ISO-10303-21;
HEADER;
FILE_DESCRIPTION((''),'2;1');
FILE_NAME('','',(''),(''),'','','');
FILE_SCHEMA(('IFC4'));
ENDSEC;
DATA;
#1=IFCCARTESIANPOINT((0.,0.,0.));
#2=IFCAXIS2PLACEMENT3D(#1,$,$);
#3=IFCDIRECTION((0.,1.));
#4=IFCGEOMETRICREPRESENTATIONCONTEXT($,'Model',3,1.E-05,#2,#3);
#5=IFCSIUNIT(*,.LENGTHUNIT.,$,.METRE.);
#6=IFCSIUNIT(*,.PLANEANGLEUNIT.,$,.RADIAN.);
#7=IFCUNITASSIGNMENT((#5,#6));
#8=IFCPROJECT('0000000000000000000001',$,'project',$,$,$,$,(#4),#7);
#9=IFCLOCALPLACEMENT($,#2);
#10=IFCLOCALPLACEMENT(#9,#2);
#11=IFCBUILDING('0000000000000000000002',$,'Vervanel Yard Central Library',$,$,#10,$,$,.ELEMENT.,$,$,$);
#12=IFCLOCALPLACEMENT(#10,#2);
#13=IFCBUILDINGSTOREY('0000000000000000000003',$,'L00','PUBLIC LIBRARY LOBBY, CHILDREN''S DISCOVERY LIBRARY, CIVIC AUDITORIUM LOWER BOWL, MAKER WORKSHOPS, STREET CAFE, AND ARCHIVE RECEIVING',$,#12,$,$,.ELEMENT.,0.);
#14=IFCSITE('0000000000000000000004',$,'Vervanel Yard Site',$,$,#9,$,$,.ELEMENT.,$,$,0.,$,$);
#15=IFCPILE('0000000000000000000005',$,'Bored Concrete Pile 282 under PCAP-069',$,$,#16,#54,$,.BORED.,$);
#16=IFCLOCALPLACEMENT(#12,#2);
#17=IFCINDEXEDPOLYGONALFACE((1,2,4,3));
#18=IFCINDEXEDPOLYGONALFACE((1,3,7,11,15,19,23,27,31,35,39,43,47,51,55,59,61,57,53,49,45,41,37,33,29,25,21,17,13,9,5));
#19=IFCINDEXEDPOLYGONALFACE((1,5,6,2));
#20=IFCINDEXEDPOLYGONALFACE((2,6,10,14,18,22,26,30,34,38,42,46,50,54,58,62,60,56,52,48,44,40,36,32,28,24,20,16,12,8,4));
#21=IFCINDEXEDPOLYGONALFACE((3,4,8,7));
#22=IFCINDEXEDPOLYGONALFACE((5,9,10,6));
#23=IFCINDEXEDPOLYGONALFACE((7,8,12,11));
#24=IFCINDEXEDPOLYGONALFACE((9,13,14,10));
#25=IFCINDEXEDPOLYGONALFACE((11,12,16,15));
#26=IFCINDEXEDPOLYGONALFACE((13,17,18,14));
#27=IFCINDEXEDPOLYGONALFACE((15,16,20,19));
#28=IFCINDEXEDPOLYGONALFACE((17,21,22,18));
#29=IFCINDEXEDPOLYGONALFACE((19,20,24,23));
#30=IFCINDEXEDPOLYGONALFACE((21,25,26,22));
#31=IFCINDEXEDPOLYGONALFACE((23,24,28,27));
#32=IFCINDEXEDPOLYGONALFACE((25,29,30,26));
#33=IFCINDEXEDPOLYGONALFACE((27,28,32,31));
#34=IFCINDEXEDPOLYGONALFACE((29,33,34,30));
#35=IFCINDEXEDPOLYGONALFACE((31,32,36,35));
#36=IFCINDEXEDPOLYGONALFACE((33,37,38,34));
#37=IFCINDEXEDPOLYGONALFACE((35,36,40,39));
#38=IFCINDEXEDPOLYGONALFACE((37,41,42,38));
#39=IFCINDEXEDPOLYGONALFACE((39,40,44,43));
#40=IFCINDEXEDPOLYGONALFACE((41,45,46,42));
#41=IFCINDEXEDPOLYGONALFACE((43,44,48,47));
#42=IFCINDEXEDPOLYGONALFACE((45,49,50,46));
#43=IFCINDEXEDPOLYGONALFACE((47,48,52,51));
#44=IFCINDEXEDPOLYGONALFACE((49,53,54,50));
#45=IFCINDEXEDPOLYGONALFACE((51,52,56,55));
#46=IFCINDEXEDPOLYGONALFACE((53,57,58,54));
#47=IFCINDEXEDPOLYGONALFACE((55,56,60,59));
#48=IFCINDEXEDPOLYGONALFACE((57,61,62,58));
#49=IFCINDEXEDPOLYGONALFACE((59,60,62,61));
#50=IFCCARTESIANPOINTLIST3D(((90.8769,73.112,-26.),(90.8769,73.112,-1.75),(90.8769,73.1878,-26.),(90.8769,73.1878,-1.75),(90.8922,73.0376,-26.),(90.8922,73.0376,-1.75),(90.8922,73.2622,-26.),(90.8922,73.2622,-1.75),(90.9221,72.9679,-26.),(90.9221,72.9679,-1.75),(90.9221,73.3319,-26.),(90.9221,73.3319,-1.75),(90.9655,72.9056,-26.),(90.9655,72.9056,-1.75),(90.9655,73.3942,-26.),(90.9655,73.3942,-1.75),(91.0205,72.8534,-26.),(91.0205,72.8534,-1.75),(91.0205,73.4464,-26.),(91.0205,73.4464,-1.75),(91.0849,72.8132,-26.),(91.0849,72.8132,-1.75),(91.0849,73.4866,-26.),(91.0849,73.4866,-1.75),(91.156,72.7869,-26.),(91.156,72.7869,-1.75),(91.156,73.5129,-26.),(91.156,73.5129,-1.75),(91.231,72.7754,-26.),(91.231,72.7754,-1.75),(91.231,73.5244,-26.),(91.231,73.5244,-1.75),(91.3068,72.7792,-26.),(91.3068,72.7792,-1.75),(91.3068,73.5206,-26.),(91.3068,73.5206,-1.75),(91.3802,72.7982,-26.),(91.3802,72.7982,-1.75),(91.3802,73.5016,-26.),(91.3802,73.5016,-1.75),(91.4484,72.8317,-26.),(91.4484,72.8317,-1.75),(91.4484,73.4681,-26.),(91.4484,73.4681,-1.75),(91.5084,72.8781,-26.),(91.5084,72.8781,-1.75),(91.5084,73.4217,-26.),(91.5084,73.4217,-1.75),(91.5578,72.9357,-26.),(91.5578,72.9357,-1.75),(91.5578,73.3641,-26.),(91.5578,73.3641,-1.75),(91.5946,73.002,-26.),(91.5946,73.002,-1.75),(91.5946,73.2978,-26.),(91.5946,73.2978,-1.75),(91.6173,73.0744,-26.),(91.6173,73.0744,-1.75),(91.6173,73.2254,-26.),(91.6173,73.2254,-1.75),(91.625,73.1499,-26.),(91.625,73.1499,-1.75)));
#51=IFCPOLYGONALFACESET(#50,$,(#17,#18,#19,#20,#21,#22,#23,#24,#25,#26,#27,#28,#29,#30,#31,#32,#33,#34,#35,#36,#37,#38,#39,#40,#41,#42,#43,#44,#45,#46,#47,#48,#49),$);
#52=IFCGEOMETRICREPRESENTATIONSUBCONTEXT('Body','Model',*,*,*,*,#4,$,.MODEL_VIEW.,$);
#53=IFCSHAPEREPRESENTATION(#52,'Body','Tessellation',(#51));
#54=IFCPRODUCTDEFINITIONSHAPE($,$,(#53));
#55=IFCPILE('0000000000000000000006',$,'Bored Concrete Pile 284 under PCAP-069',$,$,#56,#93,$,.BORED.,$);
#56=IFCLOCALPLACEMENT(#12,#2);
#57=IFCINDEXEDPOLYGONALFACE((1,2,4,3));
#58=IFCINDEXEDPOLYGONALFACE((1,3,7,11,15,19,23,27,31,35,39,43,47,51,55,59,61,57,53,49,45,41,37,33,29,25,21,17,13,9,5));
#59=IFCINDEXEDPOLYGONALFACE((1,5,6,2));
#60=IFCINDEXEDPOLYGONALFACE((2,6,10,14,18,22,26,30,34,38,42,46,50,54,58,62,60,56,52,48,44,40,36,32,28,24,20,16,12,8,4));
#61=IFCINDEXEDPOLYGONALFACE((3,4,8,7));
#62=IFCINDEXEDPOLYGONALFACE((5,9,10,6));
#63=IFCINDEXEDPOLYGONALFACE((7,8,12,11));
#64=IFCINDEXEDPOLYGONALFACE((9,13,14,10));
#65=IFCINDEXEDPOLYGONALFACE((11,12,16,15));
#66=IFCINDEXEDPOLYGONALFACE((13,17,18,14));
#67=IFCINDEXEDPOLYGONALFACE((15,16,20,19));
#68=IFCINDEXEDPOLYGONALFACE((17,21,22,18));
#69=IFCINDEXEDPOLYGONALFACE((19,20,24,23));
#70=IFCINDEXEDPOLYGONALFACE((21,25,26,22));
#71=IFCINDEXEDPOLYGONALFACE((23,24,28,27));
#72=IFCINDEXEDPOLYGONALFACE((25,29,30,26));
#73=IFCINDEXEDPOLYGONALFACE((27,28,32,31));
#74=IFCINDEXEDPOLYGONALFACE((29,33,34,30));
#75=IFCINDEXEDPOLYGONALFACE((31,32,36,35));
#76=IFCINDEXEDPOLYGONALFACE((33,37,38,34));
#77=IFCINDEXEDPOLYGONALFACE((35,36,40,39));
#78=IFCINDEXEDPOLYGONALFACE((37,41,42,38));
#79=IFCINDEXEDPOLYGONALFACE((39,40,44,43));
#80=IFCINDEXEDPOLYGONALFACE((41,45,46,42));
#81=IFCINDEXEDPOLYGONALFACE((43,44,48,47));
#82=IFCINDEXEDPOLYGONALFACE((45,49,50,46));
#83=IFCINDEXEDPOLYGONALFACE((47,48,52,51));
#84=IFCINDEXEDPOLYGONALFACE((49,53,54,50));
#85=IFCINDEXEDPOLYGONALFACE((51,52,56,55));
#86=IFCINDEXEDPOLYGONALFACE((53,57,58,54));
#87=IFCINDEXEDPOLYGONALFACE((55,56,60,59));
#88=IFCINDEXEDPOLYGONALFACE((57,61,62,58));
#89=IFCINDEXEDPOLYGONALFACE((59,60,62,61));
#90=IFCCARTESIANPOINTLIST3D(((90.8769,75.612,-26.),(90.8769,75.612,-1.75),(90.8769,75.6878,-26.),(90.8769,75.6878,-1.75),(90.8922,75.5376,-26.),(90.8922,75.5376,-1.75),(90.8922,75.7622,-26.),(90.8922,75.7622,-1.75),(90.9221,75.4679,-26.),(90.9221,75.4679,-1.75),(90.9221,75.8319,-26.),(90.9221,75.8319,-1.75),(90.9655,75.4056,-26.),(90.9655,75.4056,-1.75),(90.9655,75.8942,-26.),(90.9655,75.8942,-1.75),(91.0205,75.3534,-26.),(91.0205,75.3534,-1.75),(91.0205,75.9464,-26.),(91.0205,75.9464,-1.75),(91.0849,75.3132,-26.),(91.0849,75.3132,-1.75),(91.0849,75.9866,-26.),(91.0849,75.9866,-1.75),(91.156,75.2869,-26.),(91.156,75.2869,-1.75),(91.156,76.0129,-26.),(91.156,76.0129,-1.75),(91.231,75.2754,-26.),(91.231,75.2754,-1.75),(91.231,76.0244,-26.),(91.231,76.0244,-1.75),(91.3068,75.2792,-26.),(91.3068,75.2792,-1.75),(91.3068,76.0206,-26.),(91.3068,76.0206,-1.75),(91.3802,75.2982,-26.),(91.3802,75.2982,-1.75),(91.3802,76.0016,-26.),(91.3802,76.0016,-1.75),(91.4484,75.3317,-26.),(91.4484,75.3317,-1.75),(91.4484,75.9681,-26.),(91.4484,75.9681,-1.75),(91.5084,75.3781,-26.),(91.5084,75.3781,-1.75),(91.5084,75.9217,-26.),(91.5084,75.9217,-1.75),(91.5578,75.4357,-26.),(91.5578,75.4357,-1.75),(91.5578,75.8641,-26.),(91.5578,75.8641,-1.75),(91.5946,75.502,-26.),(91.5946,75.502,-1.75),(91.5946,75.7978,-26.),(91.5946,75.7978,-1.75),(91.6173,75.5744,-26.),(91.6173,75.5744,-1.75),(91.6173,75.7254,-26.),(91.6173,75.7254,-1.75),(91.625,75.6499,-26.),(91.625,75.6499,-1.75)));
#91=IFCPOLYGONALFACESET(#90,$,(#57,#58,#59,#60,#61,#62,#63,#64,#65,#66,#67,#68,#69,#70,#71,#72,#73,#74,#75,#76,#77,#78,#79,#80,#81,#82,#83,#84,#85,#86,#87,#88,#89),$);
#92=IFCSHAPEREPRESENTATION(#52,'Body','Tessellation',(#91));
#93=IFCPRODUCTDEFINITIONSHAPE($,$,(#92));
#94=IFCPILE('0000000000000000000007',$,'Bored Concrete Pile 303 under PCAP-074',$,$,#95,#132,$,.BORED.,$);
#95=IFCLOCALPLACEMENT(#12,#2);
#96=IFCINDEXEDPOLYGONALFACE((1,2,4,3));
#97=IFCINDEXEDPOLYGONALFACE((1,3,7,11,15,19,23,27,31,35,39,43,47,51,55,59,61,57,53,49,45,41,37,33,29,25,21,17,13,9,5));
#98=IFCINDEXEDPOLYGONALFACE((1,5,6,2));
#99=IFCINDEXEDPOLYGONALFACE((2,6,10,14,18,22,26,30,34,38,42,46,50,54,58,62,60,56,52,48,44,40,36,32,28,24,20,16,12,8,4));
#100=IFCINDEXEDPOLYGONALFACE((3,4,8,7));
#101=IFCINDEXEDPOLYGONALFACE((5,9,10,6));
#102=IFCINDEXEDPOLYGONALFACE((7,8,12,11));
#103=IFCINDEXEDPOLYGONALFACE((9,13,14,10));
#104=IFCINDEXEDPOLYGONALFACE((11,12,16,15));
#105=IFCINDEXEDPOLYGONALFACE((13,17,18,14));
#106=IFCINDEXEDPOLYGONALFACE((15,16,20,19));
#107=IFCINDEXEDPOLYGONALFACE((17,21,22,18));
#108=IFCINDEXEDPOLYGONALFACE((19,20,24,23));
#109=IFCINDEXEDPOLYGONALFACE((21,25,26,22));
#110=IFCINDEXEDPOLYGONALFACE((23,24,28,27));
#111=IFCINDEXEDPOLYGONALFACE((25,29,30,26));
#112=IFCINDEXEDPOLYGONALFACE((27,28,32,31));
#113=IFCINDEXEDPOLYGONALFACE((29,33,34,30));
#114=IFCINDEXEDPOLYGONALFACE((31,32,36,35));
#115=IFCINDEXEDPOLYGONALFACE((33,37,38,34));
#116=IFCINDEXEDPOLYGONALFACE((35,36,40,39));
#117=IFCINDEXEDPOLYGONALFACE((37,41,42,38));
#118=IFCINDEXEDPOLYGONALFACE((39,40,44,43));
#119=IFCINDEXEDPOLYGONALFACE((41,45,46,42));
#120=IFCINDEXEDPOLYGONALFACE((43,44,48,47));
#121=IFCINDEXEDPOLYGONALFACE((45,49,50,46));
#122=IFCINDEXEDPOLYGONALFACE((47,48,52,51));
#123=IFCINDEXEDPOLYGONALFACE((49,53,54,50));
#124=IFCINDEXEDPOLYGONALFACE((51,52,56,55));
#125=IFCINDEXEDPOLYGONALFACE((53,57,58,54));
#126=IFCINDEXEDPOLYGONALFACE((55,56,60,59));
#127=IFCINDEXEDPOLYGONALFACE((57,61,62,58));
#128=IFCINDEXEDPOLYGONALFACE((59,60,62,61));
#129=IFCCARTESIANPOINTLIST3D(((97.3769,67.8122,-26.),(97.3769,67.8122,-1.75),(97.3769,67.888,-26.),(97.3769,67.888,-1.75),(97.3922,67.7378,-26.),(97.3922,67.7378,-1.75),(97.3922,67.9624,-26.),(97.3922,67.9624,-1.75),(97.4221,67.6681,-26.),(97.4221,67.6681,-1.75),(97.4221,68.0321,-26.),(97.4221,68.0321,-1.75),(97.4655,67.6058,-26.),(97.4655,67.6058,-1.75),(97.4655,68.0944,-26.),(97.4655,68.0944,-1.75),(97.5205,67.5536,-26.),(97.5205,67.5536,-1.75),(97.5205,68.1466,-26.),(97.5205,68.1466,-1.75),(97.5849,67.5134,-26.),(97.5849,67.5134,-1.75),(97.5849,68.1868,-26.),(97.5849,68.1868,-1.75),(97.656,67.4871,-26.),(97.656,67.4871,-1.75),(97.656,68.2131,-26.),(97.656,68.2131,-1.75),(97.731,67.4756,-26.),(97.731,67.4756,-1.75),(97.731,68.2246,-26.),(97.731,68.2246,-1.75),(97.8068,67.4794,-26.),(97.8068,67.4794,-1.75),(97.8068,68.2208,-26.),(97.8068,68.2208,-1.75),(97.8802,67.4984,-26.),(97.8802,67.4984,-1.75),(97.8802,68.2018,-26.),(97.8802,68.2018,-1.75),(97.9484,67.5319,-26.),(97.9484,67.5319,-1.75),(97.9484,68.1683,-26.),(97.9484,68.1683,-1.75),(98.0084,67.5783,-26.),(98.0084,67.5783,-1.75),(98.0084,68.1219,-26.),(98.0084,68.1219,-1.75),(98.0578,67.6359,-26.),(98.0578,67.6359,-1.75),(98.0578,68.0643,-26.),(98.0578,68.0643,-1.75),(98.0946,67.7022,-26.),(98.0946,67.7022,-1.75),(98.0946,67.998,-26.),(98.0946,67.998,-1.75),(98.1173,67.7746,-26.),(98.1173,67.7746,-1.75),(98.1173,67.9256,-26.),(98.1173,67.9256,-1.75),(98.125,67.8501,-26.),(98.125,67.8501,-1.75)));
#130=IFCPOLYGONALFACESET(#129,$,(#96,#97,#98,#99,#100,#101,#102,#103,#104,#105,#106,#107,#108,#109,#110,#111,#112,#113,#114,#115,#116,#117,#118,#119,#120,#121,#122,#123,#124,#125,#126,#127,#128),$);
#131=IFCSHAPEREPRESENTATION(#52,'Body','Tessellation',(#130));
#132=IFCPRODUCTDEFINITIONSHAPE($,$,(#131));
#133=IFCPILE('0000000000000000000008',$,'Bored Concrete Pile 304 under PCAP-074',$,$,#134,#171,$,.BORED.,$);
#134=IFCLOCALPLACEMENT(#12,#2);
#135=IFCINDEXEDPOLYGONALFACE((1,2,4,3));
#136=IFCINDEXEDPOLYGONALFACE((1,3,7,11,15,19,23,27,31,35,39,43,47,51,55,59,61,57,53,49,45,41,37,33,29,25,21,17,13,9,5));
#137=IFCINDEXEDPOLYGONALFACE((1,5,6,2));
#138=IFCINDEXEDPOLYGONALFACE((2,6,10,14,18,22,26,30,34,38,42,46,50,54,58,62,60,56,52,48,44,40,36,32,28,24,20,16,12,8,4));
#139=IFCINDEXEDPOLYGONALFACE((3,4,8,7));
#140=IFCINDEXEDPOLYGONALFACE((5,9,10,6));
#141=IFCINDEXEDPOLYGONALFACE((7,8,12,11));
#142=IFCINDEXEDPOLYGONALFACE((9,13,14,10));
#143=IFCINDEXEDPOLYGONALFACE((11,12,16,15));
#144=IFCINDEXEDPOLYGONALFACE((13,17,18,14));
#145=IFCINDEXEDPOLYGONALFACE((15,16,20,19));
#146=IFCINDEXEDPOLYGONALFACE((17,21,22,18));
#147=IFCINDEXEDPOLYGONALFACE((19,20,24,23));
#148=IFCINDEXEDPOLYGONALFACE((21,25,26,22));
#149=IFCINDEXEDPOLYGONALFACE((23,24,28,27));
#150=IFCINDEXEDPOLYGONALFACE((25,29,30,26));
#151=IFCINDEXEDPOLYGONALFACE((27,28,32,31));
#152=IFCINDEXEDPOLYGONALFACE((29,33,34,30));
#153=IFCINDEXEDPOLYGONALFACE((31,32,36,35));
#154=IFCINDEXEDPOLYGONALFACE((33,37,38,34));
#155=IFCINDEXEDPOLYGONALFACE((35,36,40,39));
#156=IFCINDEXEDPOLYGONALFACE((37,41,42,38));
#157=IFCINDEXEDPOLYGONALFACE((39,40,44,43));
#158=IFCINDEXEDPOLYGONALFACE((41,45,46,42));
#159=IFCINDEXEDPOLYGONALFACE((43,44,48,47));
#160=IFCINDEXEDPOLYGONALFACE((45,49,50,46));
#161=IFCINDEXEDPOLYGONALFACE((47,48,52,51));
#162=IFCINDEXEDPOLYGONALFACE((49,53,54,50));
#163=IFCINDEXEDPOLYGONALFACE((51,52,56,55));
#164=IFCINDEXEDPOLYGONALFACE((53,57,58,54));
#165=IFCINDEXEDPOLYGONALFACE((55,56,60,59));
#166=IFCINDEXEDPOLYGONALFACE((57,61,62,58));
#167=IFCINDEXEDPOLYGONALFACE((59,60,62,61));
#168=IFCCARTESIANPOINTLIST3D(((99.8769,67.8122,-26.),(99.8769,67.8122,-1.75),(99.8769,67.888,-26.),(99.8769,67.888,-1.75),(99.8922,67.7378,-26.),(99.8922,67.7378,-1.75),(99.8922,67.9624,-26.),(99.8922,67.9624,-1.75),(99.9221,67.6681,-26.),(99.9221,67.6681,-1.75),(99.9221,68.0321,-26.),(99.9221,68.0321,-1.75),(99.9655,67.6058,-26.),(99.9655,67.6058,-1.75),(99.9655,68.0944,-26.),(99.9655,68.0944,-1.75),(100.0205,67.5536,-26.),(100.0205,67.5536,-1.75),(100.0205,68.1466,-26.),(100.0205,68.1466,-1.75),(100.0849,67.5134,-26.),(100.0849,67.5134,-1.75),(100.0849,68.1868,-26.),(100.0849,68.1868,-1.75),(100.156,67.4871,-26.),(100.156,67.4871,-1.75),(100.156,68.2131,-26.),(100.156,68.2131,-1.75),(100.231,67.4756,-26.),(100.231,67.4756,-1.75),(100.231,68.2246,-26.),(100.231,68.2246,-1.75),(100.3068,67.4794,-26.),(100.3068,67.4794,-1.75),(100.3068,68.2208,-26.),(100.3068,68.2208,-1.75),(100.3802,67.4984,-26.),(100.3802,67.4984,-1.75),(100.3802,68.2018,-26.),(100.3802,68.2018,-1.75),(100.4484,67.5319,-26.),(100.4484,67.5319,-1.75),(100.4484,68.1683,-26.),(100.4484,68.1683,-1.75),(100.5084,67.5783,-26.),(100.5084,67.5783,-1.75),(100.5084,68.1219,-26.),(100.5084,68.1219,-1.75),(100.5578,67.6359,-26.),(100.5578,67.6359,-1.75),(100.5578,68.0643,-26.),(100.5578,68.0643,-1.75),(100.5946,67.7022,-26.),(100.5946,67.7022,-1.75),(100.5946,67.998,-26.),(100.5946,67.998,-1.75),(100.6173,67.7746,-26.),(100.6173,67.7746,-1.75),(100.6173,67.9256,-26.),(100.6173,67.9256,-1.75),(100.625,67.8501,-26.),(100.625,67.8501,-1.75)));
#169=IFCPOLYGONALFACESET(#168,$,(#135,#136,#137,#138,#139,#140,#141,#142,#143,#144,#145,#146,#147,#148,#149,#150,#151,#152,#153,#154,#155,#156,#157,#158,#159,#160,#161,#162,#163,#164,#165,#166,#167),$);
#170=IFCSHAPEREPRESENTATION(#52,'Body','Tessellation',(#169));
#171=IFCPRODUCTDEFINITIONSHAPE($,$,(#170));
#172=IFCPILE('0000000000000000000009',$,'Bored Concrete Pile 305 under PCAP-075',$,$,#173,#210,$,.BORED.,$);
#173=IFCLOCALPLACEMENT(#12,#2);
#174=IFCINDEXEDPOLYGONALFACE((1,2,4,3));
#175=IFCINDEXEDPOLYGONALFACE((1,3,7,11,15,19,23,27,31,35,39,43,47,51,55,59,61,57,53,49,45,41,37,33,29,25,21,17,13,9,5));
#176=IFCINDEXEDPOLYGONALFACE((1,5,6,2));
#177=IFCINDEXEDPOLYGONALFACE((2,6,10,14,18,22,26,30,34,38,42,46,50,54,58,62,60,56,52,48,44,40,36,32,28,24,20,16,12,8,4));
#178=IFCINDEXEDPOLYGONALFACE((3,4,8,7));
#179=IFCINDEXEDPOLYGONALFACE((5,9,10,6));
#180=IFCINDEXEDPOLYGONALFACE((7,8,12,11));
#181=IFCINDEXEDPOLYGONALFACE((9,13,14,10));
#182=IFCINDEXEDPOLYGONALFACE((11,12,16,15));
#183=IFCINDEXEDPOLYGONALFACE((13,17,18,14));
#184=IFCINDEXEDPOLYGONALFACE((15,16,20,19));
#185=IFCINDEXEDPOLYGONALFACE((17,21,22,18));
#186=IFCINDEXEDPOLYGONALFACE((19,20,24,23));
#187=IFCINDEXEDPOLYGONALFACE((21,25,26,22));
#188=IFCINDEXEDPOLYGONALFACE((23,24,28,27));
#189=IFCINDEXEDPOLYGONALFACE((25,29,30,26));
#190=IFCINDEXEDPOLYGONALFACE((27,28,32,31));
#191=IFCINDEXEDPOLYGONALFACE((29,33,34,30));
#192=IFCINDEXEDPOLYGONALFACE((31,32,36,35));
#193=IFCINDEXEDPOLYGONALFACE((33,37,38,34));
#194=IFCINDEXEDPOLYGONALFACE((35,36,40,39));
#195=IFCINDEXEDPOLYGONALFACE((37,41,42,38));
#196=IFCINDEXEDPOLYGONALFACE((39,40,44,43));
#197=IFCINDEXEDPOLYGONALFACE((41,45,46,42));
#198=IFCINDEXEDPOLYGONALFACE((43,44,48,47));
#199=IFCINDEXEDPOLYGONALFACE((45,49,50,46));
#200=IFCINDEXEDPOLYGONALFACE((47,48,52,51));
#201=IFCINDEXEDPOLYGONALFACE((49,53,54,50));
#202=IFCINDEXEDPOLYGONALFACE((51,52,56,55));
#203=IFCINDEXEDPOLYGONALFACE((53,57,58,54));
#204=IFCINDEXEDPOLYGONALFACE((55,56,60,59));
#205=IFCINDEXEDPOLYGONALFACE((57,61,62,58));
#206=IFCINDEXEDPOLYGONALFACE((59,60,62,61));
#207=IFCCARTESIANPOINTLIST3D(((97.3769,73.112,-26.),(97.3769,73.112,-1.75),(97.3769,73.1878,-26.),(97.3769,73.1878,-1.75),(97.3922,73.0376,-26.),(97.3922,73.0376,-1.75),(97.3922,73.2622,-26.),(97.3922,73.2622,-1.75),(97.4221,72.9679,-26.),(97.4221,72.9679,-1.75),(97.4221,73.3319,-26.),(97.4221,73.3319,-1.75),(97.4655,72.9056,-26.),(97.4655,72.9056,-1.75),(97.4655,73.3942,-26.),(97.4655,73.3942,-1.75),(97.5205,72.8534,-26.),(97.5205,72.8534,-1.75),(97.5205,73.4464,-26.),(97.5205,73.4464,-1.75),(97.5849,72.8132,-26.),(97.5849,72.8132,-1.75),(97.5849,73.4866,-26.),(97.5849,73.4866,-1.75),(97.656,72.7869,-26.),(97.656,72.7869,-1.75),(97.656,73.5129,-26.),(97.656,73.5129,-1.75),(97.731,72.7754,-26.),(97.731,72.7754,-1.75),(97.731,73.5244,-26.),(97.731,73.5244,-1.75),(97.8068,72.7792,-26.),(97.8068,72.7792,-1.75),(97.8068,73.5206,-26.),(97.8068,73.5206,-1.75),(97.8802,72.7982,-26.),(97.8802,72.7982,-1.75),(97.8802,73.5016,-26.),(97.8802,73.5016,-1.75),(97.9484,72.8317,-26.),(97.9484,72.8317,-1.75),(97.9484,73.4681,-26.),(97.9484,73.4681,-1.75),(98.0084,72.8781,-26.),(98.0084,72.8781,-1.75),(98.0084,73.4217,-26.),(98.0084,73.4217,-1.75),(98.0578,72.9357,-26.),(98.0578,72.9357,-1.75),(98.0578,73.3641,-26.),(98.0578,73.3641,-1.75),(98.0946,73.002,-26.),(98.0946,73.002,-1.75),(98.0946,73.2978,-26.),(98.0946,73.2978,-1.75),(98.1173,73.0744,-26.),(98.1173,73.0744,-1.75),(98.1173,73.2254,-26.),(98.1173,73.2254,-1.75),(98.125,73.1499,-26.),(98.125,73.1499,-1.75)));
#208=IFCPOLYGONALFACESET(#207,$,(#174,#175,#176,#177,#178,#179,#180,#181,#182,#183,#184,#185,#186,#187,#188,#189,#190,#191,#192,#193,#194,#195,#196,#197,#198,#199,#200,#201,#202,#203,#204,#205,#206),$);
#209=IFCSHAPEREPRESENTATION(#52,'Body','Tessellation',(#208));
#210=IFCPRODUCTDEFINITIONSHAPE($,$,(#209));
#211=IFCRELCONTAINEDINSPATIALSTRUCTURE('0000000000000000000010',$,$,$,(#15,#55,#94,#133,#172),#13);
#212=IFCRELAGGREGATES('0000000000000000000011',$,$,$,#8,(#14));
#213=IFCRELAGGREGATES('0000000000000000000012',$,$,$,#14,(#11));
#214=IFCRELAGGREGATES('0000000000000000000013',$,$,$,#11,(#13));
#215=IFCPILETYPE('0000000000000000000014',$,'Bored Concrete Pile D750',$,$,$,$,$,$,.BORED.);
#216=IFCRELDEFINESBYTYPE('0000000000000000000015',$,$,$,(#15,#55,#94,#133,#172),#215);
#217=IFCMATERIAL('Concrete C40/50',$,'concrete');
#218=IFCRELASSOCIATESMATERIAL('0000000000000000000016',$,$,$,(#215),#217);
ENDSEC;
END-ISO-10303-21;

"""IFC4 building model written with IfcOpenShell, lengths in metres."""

from ifc_helpers import new_model, si_unit, direction, frame, origin, origin_2d, place, context, subcontext, project, spatial, circle, extrude, material, material_profile, profile_set, type_object, element, save


model = new_model("IFC4")

# Units and contexts
model_context = context("Model", 3, precision=1e-05, world=origin(), true_north=direction((0.0, 1.0)))
body_context = subcontext(model_context, "Body", "Model", "MODEL_VIEW")
ifc_project = project(units=[si_unit("LENGTHUNIT", "METRE"), si_unit("PLANEANGLEUNIT", "RADIAN")], contexts=[model_context])

# Site, building, storey
site_placement = place(None, origin())
site = spatial("IfcSite", under=ifc_project, at=site_placement, Name="Vervanel Yard Site", CompositionType="ELEMENT", RefElevation=0.0)
building_placement = place(site_placement, origin())
building = spatial("IfcBuilding", under=site, at=building_placement, Name="Vervanel Yard Central Library", CompositionType="ELEMENT")
storey_placement = place(building_placement, origin())
storey = spatial("IfcBuildingStorey", under=building, at=storey_placement, Name="L00", Description="PUBLIC LIBRARY LOBBY, CHILDREN'S DISCOVERY LIBRARY, CIVIC AUDITORIUM LOWER BOWL, MAKER WORKSHOPS, STREET CAFE, AND ARCHIVE RECEIVING", CompositionType="ELEMENT", Elevation=0.0)

# Piles
ifc_material_1 = material(Name="Concrete C40/50", Category="concrete")
ifc_material_profile_1 = material_profile(ifc_material_1, circle(Radius=0.375, at=origin_2d()), Name="BP D750", Category="concrete")
ifc_profile_set_1 = profile_set([ifc_material_profile_1], Name="Concrete C40/50")
pile_type_1 = type_object("IfcPileType", Name="Bored Concrete Pile D750", PredefinedType="BORED", material=ifc_profile_set_1)
for number, where, z_axis, x_axis, name in (
    (1, (91.25, 73.1499, -1.75), (0.0, 0.0, -1.0), (1.0, 0.0, 0.0), "Bored Concrete Pile 282 under PCAP-069"),
    (2, (91.25, 75.6499, -1.75), (0.0, 0.0, -1.0), (1.0, 0.0, 0.0), "Bored Concrete Pile 284 under PCAP-069"),
    (3, (97.75, 67.8501, -1.75), (0.0, 0.0, -1.0), (1.0, 0.0, 0.0), "Bored Concrete Pile 303 under PCAP-074"),
    (4, (100.25, 67.8501, -1.75), (0.0, 0.0, -1.0), (1.0, 0.0, 0.0), "Bored Concrete Pile 304 under PCAP-074"),
    (5, (97.75, 73.1499, -1.75), (0.0, 0.0, -1.0), (1.0, 0.0, 0.0), "Bored Concrete Pile 305 under PCAP-075"),
):
    element("IfcPile", number, at=place(storey_placement, frame(where, z_axis=z_axis, x_axis=x_axis)), inside=storey, type_object=pile_type_1, Name=name, PredefinedType="BORED", context=body_context, shape_type="SweptSolid", body=[
        extrude(circle(Radius=0.375, at=origin_2d()), origin(), (0.0, 0.0, 1.0), 24.25),
    ])

save(model, "model.ifc")
